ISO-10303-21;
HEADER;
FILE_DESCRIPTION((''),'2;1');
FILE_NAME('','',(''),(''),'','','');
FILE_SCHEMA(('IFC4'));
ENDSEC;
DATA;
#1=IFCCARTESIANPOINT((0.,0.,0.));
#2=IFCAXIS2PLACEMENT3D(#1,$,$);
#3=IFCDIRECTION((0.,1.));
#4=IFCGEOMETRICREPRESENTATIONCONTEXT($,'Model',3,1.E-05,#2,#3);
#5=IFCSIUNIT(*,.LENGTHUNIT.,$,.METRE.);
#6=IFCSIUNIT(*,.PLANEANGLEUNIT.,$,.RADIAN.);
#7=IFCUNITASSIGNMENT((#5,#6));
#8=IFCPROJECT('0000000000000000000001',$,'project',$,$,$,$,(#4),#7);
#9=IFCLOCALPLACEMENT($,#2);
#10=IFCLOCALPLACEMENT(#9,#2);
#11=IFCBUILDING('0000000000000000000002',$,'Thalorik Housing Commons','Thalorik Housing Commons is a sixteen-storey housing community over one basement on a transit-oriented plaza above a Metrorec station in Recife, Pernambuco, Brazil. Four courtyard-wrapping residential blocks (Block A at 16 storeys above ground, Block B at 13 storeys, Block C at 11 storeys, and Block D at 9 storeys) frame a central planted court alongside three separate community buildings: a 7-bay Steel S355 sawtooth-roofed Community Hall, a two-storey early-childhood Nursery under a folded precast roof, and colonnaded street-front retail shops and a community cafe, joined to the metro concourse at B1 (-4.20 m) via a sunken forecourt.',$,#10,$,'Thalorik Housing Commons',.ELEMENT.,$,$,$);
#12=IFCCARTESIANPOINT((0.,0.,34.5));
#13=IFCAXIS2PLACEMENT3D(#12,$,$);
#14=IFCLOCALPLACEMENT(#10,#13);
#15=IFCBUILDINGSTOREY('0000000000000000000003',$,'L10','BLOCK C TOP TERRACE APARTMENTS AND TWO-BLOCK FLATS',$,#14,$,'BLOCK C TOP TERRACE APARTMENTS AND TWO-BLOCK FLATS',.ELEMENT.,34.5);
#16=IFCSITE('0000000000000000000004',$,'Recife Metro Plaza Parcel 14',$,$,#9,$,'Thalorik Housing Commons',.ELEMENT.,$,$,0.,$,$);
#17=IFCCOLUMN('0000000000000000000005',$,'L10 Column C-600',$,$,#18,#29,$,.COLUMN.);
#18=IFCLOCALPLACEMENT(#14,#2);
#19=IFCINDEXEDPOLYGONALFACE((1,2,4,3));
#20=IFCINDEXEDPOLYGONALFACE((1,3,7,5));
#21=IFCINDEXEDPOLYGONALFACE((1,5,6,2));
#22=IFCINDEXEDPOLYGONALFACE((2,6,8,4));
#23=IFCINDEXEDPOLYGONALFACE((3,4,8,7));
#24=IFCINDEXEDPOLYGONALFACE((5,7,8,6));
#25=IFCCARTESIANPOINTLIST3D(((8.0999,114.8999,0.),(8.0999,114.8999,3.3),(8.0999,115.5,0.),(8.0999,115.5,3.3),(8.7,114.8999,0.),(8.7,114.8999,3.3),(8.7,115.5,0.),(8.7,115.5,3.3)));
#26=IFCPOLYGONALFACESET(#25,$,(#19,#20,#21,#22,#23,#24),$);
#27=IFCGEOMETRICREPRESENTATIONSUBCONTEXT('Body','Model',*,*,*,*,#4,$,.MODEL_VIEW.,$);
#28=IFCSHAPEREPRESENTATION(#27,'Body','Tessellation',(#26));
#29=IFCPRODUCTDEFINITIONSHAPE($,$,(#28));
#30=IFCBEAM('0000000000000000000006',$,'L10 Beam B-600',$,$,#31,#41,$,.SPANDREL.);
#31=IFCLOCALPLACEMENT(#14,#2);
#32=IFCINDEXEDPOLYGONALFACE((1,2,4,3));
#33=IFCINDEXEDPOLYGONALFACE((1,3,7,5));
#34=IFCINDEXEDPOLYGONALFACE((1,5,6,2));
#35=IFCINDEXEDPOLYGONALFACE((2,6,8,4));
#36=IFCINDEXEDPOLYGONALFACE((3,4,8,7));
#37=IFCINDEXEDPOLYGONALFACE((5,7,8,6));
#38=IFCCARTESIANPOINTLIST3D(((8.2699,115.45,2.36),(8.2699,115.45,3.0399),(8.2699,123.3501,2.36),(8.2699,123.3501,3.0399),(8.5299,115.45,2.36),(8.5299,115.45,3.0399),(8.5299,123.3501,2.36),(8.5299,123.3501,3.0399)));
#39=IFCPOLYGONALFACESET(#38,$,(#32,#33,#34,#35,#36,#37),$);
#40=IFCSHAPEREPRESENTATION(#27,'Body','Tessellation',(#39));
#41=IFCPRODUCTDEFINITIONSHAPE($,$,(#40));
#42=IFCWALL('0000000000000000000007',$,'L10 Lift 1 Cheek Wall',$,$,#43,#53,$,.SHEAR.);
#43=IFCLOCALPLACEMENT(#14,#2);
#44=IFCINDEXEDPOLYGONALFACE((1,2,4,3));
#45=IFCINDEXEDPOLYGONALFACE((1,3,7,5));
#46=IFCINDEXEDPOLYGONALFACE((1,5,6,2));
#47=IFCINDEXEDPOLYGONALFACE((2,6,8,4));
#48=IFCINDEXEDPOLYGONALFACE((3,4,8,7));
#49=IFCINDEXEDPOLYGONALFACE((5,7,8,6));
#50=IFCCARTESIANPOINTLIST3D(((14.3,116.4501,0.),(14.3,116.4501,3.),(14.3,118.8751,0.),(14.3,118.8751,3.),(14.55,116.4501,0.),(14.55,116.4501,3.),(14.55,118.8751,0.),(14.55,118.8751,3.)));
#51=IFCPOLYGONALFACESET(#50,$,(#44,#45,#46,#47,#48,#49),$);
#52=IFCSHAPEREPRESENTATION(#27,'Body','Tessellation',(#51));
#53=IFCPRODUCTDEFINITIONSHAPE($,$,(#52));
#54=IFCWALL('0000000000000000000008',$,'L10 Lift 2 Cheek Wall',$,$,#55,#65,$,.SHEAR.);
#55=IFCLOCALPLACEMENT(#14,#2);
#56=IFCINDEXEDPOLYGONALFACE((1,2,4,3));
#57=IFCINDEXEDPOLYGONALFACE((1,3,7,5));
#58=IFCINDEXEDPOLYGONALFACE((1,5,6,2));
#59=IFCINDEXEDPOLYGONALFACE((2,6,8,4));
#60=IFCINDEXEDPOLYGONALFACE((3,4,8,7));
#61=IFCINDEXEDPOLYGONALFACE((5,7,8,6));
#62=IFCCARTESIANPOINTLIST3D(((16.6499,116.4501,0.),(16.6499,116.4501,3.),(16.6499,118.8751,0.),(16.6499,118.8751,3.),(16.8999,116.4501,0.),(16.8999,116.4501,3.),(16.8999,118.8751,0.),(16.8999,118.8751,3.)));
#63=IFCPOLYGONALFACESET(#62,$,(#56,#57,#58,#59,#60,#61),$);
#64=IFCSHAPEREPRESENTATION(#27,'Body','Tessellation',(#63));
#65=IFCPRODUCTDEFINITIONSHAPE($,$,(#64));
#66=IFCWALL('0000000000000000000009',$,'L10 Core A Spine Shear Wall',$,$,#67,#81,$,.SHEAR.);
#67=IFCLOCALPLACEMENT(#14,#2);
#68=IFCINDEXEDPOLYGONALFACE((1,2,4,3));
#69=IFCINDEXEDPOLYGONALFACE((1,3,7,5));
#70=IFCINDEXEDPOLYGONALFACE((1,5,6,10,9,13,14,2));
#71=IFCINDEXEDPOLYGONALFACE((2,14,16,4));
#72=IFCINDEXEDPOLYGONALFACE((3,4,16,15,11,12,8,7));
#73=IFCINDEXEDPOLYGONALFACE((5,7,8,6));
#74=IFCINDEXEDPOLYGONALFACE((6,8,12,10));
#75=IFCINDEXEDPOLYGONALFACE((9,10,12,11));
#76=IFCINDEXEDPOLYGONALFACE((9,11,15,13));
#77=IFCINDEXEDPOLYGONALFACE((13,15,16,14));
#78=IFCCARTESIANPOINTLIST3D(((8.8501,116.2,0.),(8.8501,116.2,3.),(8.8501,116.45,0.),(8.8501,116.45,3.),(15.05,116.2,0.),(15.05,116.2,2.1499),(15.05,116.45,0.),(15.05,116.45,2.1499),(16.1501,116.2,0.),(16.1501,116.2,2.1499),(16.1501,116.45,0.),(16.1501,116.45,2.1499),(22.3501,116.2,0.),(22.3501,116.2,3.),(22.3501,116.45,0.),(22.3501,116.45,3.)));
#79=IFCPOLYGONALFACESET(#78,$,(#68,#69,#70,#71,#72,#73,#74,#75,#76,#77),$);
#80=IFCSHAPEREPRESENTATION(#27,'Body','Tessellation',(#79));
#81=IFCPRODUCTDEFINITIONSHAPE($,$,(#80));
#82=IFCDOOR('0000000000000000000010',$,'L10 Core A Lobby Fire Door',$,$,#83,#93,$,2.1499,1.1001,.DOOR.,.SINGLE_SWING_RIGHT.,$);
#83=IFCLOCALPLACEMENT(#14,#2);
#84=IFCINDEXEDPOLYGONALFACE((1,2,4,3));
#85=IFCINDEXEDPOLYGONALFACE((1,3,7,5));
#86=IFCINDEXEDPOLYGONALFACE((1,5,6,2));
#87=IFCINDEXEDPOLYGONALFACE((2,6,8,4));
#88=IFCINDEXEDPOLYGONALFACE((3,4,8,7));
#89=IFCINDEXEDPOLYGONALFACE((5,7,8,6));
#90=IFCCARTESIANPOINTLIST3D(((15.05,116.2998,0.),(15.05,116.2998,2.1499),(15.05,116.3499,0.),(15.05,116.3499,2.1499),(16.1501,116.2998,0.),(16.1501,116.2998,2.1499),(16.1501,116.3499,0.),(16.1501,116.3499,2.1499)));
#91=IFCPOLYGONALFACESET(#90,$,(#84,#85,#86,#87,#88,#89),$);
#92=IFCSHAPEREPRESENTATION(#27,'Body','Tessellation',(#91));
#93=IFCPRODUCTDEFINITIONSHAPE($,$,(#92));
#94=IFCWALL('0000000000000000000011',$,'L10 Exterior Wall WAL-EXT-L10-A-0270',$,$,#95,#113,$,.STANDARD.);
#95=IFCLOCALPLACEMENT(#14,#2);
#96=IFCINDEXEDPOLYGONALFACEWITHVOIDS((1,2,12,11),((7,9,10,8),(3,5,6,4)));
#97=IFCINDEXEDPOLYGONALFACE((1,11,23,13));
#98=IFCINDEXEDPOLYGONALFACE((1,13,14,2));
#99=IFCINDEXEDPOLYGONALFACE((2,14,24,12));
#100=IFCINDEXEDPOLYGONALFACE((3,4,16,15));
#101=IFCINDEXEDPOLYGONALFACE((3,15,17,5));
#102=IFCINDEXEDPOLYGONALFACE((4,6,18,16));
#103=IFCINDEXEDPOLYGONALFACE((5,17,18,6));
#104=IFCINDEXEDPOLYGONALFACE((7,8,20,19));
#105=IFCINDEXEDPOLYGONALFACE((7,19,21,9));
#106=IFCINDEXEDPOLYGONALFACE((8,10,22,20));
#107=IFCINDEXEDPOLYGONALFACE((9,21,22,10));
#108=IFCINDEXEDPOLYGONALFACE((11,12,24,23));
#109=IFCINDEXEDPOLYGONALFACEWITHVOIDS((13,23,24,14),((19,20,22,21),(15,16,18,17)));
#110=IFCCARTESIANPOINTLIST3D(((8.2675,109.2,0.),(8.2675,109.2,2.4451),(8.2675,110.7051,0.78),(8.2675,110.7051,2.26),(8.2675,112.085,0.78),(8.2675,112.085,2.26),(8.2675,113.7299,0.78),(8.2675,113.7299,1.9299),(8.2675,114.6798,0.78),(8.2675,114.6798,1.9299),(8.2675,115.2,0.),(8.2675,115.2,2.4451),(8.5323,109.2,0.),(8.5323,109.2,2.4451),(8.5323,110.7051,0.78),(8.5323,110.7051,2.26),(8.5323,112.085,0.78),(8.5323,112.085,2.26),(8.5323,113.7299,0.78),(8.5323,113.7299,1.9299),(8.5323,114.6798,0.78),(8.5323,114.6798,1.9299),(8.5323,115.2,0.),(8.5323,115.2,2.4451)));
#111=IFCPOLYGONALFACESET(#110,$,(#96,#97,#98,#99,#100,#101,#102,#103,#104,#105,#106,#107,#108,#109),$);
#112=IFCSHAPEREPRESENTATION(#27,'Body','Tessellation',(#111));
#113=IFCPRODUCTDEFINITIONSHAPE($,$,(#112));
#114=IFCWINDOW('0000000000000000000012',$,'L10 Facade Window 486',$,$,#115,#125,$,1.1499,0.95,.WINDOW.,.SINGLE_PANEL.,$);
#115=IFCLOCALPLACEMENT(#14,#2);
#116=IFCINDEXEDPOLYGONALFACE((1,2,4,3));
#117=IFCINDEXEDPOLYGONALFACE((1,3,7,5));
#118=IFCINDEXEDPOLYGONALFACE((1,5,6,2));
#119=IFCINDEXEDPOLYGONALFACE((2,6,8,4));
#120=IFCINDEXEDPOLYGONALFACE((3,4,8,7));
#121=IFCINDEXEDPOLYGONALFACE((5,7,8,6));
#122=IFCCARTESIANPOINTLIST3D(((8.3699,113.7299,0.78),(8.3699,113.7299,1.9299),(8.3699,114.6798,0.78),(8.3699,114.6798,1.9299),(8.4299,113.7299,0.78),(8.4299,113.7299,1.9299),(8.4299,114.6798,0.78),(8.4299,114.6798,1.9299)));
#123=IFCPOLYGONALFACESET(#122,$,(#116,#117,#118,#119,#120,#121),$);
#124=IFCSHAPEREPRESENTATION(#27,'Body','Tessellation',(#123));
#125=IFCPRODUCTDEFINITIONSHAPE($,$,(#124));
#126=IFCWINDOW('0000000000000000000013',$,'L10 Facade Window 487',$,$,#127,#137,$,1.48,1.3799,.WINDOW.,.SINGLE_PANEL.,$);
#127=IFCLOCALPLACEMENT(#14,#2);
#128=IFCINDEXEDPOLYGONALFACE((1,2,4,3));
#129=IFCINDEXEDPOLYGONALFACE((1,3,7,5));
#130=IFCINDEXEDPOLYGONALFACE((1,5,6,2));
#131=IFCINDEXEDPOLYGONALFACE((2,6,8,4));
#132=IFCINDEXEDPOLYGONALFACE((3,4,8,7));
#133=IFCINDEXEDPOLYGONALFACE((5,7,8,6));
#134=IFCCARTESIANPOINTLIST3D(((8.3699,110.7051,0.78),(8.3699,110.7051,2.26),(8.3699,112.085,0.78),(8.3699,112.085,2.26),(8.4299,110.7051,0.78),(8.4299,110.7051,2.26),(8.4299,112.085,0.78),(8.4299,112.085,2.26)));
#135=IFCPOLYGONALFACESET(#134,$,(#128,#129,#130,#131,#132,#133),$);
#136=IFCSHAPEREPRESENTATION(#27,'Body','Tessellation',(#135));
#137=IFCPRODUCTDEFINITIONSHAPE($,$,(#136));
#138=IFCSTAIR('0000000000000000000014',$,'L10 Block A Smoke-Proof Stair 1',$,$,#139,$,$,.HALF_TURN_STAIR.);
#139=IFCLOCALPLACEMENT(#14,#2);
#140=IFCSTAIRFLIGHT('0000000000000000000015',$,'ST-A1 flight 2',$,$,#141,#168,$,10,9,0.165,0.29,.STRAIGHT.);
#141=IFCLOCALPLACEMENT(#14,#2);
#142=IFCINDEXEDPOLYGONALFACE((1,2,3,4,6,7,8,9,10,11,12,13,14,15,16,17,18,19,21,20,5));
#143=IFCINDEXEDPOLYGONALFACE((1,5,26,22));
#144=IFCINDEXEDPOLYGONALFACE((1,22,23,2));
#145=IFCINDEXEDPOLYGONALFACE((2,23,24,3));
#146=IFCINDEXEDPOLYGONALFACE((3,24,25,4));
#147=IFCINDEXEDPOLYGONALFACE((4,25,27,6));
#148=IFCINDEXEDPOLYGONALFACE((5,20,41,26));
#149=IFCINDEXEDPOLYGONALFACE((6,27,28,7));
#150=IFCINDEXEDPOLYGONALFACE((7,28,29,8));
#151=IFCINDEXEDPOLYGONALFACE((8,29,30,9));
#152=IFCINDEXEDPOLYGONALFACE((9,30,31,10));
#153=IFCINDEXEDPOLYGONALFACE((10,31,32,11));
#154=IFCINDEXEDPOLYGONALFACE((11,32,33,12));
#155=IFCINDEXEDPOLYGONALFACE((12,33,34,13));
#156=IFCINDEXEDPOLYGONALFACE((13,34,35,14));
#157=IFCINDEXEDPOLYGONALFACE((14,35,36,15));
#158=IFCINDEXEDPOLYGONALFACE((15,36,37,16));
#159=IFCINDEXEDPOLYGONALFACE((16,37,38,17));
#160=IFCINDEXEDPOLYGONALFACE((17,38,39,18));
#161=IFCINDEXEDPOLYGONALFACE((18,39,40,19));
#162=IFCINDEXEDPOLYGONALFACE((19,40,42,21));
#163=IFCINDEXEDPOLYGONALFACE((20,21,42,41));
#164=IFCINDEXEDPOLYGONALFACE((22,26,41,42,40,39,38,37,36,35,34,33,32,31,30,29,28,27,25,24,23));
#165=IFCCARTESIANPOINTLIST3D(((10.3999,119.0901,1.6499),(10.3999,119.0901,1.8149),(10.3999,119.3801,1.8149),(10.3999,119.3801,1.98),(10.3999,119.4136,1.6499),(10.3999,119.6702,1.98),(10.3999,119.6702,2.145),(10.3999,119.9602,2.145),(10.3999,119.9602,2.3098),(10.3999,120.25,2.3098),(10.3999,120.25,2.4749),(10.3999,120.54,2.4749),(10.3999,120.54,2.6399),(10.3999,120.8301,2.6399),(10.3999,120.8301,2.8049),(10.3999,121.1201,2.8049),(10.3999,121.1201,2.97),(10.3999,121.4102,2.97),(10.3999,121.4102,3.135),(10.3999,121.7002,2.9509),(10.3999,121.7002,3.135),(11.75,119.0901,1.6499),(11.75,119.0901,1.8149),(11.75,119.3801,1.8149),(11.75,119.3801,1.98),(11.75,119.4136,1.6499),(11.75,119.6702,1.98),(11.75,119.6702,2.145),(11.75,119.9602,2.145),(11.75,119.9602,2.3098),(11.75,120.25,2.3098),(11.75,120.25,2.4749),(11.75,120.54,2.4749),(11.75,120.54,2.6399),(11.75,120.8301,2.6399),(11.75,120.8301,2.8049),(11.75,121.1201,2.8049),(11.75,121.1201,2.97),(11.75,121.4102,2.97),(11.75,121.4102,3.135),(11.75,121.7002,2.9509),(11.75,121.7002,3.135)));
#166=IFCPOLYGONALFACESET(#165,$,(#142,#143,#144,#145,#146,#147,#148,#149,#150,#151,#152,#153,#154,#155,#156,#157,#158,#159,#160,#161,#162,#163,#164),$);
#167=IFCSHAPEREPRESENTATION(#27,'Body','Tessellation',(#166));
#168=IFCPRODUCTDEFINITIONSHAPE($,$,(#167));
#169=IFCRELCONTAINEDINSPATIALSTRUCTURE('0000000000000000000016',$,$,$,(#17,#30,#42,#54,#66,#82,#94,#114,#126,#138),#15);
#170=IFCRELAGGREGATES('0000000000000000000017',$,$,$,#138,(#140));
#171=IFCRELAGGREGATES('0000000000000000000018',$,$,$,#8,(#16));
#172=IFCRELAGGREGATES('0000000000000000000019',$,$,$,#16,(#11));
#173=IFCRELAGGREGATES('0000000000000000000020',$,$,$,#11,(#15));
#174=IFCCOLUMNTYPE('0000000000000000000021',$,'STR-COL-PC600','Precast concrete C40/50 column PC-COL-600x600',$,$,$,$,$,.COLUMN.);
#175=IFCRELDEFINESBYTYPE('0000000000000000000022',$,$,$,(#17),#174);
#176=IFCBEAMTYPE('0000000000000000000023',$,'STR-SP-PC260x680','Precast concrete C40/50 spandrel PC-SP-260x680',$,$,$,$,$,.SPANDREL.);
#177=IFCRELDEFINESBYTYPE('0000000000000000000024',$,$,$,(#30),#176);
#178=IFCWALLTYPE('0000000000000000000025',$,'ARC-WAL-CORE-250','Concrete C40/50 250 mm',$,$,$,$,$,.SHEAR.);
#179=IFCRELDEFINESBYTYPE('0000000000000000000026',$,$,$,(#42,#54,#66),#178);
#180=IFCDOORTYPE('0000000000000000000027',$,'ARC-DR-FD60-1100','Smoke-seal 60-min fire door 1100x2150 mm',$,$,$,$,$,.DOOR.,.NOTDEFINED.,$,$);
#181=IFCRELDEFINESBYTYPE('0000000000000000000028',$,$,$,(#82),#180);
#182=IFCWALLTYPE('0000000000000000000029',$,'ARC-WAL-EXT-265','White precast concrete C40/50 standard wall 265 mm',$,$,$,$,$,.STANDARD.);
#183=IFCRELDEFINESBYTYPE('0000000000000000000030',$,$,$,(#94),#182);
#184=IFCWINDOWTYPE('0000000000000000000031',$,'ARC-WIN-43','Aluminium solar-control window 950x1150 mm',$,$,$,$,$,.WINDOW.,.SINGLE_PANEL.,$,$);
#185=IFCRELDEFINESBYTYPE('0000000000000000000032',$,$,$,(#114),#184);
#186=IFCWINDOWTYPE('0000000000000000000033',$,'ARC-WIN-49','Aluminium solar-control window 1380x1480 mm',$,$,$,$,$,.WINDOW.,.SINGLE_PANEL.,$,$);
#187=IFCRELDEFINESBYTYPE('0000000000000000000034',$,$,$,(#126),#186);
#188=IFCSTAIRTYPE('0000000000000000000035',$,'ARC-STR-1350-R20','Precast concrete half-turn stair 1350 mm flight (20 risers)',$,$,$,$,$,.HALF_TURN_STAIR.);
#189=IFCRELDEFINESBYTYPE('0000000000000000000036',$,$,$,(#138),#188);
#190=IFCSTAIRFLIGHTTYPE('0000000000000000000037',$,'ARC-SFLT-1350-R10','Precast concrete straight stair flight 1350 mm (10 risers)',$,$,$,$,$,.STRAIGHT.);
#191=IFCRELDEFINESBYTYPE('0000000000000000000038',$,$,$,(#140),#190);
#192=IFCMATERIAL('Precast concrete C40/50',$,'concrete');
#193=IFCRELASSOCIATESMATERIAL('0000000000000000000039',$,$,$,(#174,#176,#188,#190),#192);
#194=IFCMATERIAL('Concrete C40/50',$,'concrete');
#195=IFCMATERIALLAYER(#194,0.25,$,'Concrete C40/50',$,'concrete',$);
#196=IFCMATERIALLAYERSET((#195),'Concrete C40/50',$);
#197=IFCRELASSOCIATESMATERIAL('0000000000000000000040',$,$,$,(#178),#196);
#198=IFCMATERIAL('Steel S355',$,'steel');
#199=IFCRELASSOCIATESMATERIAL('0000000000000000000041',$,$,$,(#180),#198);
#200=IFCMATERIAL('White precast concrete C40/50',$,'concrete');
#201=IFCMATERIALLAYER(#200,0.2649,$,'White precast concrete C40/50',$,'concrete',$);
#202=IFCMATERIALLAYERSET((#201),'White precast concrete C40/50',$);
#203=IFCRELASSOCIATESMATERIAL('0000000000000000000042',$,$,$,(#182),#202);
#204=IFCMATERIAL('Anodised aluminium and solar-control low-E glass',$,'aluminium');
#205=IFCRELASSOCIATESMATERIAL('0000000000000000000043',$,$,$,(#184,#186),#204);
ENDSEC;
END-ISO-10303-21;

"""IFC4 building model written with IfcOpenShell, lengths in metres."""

from ifc_helpers import new_model, si_unit, direction, frame, frame_2d, origin, origin_2d, place, context, subcontext, project, spatial, polyline, rectangle, outline, extrude, material, layer, layer_set, material_profile, profile_set, type_object, element, fill, aggregate, save


model = new_model("IFC4")

# Units and contexts
model_context = context("Model", 3, precision=1e-05, world=origin(), true_north=direction((0.0, 1.0)))
body_context = subcontext(model_context, "Body", "Model", "MODEL_VIEW")
ifc_project = project(units=[si_unit("LENGTHUNIT", "METRE"), si_unit("PLANEANGLEUNIT", "RADIAN")], contexts=[model_context])

# Site, building, storey
site_placement = place(None, origin())
site = spatial("IfcSite", under=ifc_project, at=site_placement, Name="Recife Metro Plaza Parcel 14", LongName="Thalorik Housing Commons", CompositionType="ELEMENT", RefElevation=0.0)
building_placement = place(site_placement, origin())
building = spatial("IfcBuilding", under=site, at=building_placement, Name="Thalorik Housing Commons", Description="Thalorik Housing Commons is a sixteen-storey housing community over one basement on a transit-oriented plaza above a Metrorec station in Recife, Pernambuco, Brazil. Four courtyard-wrapping residential blocks (Block A at 16 storeys above ground, Block B at 13 storeys, Block C at 11 storeys, and Block D at 9 storeys) frame a central planted court alongside three separate community buildings: a 7-bay Steel S355 sawtooth-roofed Community Hall, a two-storey early-childhood Nursery under a folded precast roof, and colonnaded street-front retail shops and a community cafe, joined to the metro concourse at B1 (-4.20 m) via a sunken forecourt.", LongName="Thalorik Housing Commons", CompositionType="ELEMENT")
storey_placement = place(building_placement, frame((0.0, 0.0, 34.5)))
storey = spatial("IfcBuildingStorey", under=building, at=storey_placement, Name="L10", Description="BLOCK C TOP TERRACE APARTMENTS AND TWO-BLOCK FLATS", LongName="BLOCK C TOP TERRACE APARTMENTS AND TWO-BLOCK FLATS", CompositionType="ELEMENT", Elevation=34.5)

# Column
ifc_material_1 = material(Name="Precast concrete C40/50", Category="concrete")
ifc_material_profile_1 = material_profile(ifc_material_1, rectangle(XDim=0.6001, YDim=0.6001, at=origin_2d()), Name="PC 600x600", Category="concrete")
ifc_profile_set_1 = profile_set([ifc_material_profile_1], Name="Precast concrete C40/50")
column_type = type_object("IfcColumnType", Name="STR-COL-PC600", Description="Precast concrete C40/50 column PC-COL-600x600", PredefinedType="COLUMN", material=ifc_profile_set_1)
column_placement = place(storey_placement, frame((8.3999, 115.2, 0.0), z_axis=(0.0, 0.0, 1.0), x_axis=(1.0, 0.0, 0.0)))
element("IfcColumn", 1, at=column_placement, inside=storey, type_object=column_type, Name="L10 Column C-600", PredefinedType="COLUMN", context=body_context, shape_type="SweptSolid", body=[
    extrude(rectangle(XDim=0.6001, YDim=0.6001, at=origin_2d()), origin(), (0.0, 0.0, 1.0), 3.3),
])

# Beam
ifc_material_profile_2 = material_profile(ifc_material_1, rectangle(XDim=0.26, YDim=0.6799, at=origin_2d()), Name="PC SP 260x680", Category="concrete")
ifc_profile_set_2 = profile_set([ifc_material_profile_2], Name="Precast concrete C40/50")
beam_type = type_object("IfcBeamType", Name="STR-SP-PC260x680", Description="Precast concrete C40/50 spandrel PC-SP-260x680", PredefinedType="SPANDREL", material=ifc_profile_set_2)
beam_placement = place(storey_placement, frame((8.3999, 115.45, 2.7), z_axis=(0.0, 1.0, 0.0), x_axis=(-1.0, 0.0, 0.0)))
element("IfcBeam", 2, at=beam_placement, inside=storey, type_object=beam_type, Name="L10 Beam B-600", PredefinedType="SPANDREL", context=body_context, shape_type="SweptSolid", body=[
    extrude(rectangle(XDim=0.26, YDim=0.6799, at=origin_2d()), origin(), (0.0, 0.0, 1.0), 7.9001),
])

# Shared definitions
ifc_material_2 = material(Name="Concrete C40/50", Category="concrete")
ifc_layer_1 = layer(ifc_material_2, 0.25, Name="Concrete C40/50", Category="concrete")
ifc_layer_set_1 = layer_set([ifc_layer_1], Name="Concrete C40/50")
wall_type_1 = type_object("IfcWallType", Name="ARC-WAL-CORE-250", Description="Concrete C40/50 250 mm", PredefinedType="SHEAR", material=ifc_layer_set_1)
ifc_material_3 = material(Name="Steel S355", Category="steel")

# Walls
for number, where, z_axis, x_axis, name in (
    (3, (14.425, 118.875, 0.0), (0.0, 0.0, 1.0), (0.0, -1.0, 0.0), "L10 Lift 1 Cheek Wall"),
    (4, (16.7749, 118.875, 0.0), (0.0, 0.0, 1.0), (0.0, -1.0, 0.0), "L10 Lift 2 Cheek Wall"),
):
    element("IfcWall", number, at=place(storey_placement, frame(where, z_axis=z_axis, x_axis=x_axis)), inside=storey, type_object=wall_type_1, Name=name, PredefinedType="SHEAR", context=body_context, shape_type="SweptSolid", body=[
        extrude(rectangle(XDim=2.425, YDim=0.25, at=frame_2d((1.2124, 0.0))), origin(), (0.0, 0.0, 1.0), 3.0),
    ])

# Wall, opening, door
wall_1_placement = place(storey_placement, frame((8.8501, 116.325, 0.0), z_axis=(0.0, 0.0, 1.0), x_axis=(1.0, 0.0, 0.0)))
wall_1 = element("IfcWall", 5, at=wall_1_placement, inside=storey, type_object=wall_type_1, Name="L10 Core A Spine Shear Wall", PredefinedType="SHEAR", context=body_context, shape_type="SweptSolid", body=[
    extrude(rectangle(XDim=13.5, YDim=0.25, at=frame_2d((6.75, 0.0))), origin(), (0.0, 0.0, 1.0), 3.0),
])
opening_1_placement = place(wall_1_placement, frame((6.2, 0.0, 0.0)))
opening_1 = element("IfcOpeningElement", 6, at=opening_1_placement, cuts=wall_1, PredefinedType="OPENING", context=body_context, shape_type="SweptSolid", body=[
    extrude(rectangle(XDim=1.1001, YDim=2.1499, at=frame_2d((0.55, 1.075))), frame((0.0, 0.135, 0.0), z_axis=(0.0, -1.0, 0.0), x_axis=(1.0, 0.0, 0.0)), (0.0, 0.0, 1.0), 0.27),
])
door_type_1 = type_object("IfcDoorType", Name="ARC-DR-FD60-1100", Description="Smoke-seal 60-min fire door 1100x2150 mm", OperationType="NOTDEFINED", PredefinedType="DOOR", material=ifc_material_3)
door_1_placement = place(opening_1_placement, origin())
door_1 = element("IfcDoor", 7, at=door_1_placement, inside=storey, type_object=door_type_1, Name="L10 Core A Lobby Fire Door", OperationType="SINGLE_SWING_RIGHT", OverallHeight=2.1499, OverallWidth=1.1001, PredefinedType="DOOR", context=body_context, shape_type="SweptSolid", body=[
    extrude(rectangle(XDim=1.1001, YDim=2.1499, at=frame_2d((0.55, 1.075))), frame((0.0, 0.0249, 0.0), z_axis=(0.0, -1.0, 0.0), x_axis=(1.0, 0.0, 0.0)), (0.0, 0.0, 1.0), 0.05),
])
fill(opening_1, door_1)

# Wall, openings, windows
ifc_material_4 = material(Name="White precast concrete C40/50", Category="concrete")
ifc_layer_2 = layer(ifc_material_4, 0.2649, Name="White precast concrete C40/50", Category="concrete")
ifc_layer_set_2 = layer_set([ifc_layer_2], Name="White precast concrete C40/50")
wall_type_2 = type_object("IfcWallType", Name="ARC-WAL-EXT-265", Description="White precast concrete C40/50 standard wall 265 mm", PredefinedType="STANDARD", material=ifc_layer_set_2)
wall_2_placement = place(storey_placement, frame((8.3999, 115.2, 0.0), z_axis=(0.0, 0.0, 1.0), x_axis=(0.0, -1.0, 0.0)))
wall_2 = element("IfcWall", 8, at=wall_2_placement, inside=storey, type_object=wall_type_2, Name="L10 Exterior Wall WAL-EXT-L10-A-0270", PredefinedType="STANDARD", context=body_context, shape_type="SweptSolid", body=[
    extrude(rectangle(XDim=6.0, YDim=0.2649, at=frame_2d((3.0, 0.0))), origin(), (0.0, 0.0, 1.0), 2.4451),
])
opening_2_placement = place(wall_2_placement, frame((0.52, 0.0, 0.78)))
opening_2 = element("IfcOpeningElement", 9, at=opening_2_placement, cuts=wall_2, PredefinedType="OPENING", context=body_context, shape_type="SweptSolid", body=[
    extrude(rectangle(XDim=0.95, YDim=1.1499, at=frame_2d((0.4751, 0.575))), frame((0.0, 0.1426, 0.0), z_axis=(0.0, -1.0, 0.0), x_axis=(1.0, 0.0, 0.0)), (0.0, 0.0, 1.0), 0.2849),
])
opening_3_placement = place(wall_2_placement, frame((3.115, 0.0, 0.78)))
opening_3 = element("IfcOpeningElement", 10, at=opening_3_placement, cuts=wall_2, PredefinedType="OPENING", context=body_context, shape_type="SweptSolid", body=[
    extrude(rectangle(XDim=1.3799, YDim=1.48, at=frame_2d((0.6899, 0.74))), frame((0.0, 0.1426, 0.0), z_axis=(0.0, -1.0, 0.0), x_axis=(1.0, 0.0, 0.0)), (0.0, 0.0, 1.0), 0.2849),
])
ifc_material_5 = material(Name="Anodised aluminium and solar-control low-E glass", Category="aluminium")
window_type_1 = type_object("IfcWindowType", Name="ARC-WIN-43", Description="Aluminium solar-control window 950x1150 mm", PartitioningType="SINGLE_PANEL", PredefinedType="WINDOW", material=ifc_material_5)
window_1_placement = place(opening_2_placement, origin())
window_1 = element("IfcWindow", 11, at=window_1_placement, inside=storey, type_object=window_type_1, Name="L10 Facade Window 486", OverallHeight=1.1499, OverallWidth=0.95, PartitioningType="SINGLE_PANEL", PredefinedType="WINDOW", context=body_context, shape_type="SweptSolid", body=[
    extrude(rectangle(XDim=0.95, YDim=1.1499, at=frame_2d((0.4751, 0.575))), frame((0.0, 0.03, 0.0), z_axis=(0.0, -1.0, 0.0), x_axis=(1.0, 0.0, 0.0)), (0.0, 0.0, 1.0), 0.0601),
])
fill(opening_2, window_1)
window_type_2 = type_object("IfcWindowType", Name="ARC-WIN-49", Description="Aluminium solar-control window 1380x1480 mm", PartitioningType="SINGLE_PANEL", PredefinedType="WINDOW", material=ifc_material_5)
window_2_placement = place(opening_3_placement, origin())
window_2 = element("IfcWindow", 12, at=window_2_placement, inside=storey, type_object=window_type_2, Name="L10 Facade Window 487", OverallHeight=1.48, OverallWidth=1.3799, PartitioningType="SINGLE_PANEL", PredefinedType="WINDOW", context=body_context, shape_type="SweptSolid", body=[
    extrude(rectangle(XDim=1.3799, YDim=1.48, at=frame_2d((0.6899, 0.74))), frame((0.0, 0.03, 0.0), z_axis=(0.0, -1.0, 0.0), x_axis=(1.0, 0.0, 0.0)), (0.0, 0.0, 1.0), 0.0601),
])
fill(opening_3, window_2)

# Stair, stair flight
stair_type = type_object("IfcStairType", Name="ARC-STR-1350-R20", Description="Precast concrete half-turn stair 1350 mm flight (20 risers)", PredefinedType="HALF_TURN_STAIR", material=ifc_material_1)
stair_placement = place(storey_placement, origin())
stair = element("IfcStair", 13, at=stair_placement, inside=storey, type_object=stair_type, Name="L10 Block A Smoke-Proof Stair 1", PredefinedType="HALF_TURN_STAIR")
stair_flight_type = type_object("IfcStairFlightType", Name="ARC-SFLT-1350-R10", Description="Precast concrete straight stair flight 1350 mm (10 risers)", PredefinedType="STRAIGHT", material=ifc_material_1)
stair_flight_placement = place(storey_placement, frame((11.075, 119.0901, 1.6499), z_axis=(0.0, 0.0, 1.0), x_axis=(0.0, 1.0, 0.0)))
stair_flight = element("IfcStairFlight", 14, at=stair_flight_placement, type_object=stair_flight_type, Name="ST-A1 flight 2", NumberOfRisers=10, NumberOfTreads=9, PredefinedType="STRAIGHT", RiserHeight=0.165, TreadLength=0.29, context=body_context, shape_type="SweptSolid", body=[
    extrude(outline(polyline([(0.0, 0.0), (0.0, 0.165), (0.29, 0.165), (0.29, 0.3301), (0.5801, 0.3301), (0.5801, 0.4951), (0.8701, 0.4951), (0.8701, 0.6599), (1.1599, 0.6599), (1.1599, 0.825), (1.45, 0.825), (1.45, 0.99), (1.74, 0.99), (1.74, 1.155), (2.03, 1.155), (2.03, 1.3201), (2.3201, 1.3201), (2.3201, 1.4851), (2.6101, 1.4851), (2.6101, 1.6499), (2.6101, 1.301), (0.3235, 0.0), (0.0, 0.0)])), frame((0.0, 0.675, 0.0), z_axis=(0.0, -1.0, 0.0), x_axis=(1.0, 0.0, 0.0)), (0.0, 0.0, 1.0), 1.3501),
])
aggregate(stair, [stair_flight])

save(model, "model.ifc")
